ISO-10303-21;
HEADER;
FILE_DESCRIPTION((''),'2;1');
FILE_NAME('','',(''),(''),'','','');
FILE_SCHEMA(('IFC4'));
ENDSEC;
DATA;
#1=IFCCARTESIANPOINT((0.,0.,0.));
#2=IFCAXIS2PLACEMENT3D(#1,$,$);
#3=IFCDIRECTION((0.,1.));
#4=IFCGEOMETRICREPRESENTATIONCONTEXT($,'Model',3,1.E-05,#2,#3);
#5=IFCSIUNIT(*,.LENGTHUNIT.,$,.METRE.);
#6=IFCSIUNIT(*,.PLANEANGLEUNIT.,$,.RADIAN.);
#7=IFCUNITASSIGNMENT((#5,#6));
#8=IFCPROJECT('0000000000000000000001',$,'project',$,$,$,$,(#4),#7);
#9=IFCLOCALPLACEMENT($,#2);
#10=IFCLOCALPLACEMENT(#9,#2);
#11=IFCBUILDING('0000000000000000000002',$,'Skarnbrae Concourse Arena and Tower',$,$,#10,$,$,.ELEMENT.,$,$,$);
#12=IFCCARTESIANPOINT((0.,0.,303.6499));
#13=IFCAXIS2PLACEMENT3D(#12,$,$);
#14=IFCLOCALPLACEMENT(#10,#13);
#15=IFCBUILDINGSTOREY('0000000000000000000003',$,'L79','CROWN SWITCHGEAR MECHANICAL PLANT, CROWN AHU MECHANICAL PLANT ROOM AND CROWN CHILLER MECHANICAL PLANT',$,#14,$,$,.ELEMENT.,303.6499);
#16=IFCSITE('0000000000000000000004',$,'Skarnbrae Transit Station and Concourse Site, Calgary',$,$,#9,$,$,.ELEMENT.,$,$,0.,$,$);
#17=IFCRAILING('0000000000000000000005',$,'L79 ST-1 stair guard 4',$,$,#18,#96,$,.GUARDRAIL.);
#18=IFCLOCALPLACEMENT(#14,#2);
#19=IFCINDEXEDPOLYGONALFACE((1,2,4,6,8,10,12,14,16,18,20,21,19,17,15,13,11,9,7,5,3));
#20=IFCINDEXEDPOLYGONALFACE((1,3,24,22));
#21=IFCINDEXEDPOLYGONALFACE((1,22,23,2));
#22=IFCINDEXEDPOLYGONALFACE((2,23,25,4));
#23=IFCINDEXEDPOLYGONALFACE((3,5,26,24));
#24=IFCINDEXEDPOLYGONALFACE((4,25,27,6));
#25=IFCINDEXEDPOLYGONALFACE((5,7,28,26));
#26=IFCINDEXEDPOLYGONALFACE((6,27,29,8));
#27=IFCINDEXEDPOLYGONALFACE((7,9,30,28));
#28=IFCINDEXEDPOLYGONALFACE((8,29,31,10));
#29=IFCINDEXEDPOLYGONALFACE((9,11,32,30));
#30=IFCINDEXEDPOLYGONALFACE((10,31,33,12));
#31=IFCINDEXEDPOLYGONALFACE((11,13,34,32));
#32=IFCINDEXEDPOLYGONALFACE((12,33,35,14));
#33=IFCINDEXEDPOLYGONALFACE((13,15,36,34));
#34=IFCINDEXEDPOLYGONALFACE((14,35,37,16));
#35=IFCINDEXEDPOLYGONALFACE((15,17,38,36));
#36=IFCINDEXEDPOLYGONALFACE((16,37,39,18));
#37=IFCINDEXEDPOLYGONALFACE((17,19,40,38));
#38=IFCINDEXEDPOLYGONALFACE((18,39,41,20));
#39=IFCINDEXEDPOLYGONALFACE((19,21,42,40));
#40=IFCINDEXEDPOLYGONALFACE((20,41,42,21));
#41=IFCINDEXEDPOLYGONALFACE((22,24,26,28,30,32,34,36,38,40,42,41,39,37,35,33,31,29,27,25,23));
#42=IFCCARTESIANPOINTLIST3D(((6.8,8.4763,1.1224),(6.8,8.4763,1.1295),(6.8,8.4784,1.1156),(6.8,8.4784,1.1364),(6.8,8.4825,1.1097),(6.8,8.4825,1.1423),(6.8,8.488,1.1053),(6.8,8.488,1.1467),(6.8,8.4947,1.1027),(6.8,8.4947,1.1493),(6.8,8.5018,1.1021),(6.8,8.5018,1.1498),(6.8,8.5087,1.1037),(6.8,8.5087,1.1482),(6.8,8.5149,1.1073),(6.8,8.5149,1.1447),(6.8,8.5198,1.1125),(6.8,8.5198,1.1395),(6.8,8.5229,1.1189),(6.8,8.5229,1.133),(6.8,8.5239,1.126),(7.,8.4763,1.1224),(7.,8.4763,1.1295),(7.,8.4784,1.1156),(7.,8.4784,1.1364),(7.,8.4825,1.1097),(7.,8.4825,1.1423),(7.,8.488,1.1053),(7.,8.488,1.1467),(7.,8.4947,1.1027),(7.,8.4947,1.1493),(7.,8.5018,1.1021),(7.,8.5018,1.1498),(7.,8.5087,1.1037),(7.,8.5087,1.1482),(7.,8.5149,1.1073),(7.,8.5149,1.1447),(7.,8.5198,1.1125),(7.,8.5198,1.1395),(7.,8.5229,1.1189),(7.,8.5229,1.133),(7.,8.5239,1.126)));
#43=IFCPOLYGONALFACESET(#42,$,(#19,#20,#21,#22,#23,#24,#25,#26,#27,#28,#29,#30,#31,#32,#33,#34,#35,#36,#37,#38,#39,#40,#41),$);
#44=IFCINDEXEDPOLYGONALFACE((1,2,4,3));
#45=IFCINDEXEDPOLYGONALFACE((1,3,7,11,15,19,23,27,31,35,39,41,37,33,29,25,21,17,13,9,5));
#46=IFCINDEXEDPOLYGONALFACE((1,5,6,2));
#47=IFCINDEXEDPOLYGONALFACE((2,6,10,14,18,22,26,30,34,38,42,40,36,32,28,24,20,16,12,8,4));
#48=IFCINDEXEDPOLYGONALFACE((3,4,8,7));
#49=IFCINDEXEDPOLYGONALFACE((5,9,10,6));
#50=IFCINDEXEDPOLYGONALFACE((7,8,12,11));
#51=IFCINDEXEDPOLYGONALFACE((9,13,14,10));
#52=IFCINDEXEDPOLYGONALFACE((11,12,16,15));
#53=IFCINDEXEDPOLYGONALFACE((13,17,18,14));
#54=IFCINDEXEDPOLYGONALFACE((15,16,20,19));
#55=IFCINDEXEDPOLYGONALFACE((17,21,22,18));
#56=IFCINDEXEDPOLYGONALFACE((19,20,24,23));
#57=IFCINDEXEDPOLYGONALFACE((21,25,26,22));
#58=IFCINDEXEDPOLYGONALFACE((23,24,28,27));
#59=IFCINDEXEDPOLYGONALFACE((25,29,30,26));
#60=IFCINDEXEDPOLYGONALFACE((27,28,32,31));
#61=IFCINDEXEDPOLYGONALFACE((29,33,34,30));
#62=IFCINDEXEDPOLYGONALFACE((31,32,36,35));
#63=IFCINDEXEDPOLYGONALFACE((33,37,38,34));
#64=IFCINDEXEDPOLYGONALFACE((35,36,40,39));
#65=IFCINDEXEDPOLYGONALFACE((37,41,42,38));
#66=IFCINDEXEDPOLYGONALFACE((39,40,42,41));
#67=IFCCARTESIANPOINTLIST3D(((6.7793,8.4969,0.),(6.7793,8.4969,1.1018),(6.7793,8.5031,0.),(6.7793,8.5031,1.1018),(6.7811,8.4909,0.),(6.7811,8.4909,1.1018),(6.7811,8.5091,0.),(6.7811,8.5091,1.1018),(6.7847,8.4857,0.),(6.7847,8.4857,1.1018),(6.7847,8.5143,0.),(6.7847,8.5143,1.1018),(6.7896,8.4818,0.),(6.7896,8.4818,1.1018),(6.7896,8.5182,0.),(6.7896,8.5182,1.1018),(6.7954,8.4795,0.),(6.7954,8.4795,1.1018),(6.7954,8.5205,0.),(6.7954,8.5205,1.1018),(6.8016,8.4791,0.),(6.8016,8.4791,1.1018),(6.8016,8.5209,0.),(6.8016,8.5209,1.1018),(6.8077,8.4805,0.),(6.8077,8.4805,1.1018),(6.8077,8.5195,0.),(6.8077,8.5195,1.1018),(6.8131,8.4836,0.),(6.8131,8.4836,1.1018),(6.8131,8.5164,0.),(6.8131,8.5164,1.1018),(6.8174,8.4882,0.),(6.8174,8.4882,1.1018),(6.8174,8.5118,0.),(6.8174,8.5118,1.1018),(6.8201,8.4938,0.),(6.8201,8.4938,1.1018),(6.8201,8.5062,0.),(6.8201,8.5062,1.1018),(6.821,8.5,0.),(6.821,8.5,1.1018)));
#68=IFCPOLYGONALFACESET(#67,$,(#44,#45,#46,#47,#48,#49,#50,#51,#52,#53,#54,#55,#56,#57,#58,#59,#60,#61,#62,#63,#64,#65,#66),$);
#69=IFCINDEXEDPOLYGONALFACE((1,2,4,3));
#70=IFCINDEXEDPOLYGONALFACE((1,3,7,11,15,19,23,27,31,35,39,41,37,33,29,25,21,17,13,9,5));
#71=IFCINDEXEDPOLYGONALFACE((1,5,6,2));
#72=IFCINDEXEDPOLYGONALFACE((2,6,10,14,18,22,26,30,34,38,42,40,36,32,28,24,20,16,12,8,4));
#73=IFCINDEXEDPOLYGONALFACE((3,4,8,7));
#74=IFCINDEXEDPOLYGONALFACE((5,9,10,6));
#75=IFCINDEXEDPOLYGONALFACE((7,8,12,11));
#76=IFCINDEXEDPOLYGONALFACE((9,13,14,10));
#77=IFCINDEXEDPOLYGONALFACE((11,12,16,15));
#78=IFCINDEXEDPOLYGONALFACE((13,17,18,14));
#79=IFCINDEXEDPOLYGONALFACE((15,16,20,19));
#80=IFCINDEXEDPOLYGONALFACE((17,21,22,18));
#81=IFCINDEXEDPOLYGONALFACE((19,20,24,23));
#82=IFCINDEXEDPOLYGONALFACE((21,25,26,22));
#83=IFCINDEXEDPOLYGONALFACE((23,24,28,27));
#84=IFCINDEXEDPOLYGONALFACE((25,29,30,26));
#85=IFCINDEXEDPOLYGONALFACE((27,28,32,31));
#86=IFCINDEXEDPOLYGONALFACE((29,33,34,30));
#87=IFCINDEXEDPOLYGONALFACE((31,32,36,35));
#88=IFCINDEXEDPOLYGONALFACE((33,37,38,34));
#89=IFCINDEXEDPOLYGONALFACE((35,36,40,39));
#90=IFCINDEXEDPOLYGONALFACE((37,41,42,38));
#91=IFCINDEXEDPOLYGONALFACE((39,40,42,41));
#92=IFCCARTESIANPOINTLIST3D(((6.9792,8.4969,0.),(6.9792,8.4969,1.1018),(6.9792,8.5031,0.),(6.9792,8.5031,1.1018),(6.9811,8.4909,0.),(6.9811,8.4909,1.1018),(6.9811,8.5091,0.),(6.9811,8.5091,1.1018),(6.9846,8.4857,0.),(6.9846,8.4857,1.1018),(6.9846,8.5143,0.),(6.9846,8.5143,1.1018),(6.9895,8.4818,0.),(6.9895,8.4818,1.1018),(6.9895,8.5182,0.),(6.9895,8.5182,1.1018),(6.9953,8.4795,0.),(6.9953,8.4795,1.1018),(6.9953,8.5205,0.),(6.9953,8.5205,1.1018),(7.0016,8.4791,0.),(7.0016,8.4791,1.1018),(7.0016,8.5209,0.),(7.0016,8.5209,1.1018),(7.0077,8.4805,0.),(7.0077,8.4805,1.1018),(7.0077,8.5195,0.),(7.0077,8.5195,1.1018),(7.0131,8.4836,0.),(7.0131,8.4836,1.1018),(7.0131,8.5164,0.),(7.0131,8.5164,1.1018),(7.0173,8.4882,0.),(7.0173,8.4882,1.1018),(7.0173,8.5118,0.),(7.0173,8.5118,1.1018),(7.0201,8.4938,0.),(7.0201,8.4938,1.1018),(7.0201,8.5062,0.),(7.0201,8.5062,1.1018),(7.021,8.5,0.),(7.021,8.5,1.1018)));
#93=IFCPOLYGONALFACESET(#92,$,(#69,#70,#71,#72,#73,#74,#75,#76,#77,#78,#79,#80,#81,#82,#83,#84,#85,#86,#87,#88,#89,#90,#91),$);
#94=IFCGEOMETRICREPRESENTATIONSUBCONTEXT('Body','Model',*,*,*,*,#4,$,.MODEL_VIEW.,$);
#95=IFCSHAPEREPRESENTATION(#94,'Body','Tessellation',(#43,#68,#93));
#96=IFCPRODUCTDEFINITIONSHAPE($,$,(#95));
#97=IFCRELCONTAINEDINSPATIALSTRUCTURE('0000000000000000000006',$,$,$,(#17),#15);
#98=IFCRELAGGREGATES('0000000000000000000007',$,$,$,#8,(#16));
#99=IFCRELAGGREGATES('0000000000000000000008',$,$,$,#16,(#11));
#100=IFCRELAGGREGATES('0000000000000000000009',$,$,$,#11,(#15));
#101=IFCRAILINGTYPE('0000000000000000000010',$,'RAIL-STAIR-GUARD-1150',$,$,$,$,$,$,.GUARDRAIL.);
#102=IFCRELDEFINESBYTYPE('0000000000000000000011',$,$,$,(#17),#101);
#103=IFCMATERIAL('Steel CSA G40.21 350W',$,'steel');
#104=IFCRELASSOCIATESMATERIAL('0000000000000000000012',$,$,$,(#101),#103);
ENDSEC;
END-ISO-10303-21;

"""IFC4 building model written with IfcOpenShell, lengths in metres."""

from ifc_helpers import new_model, si_unit, direction, frame, origin, origin_2d, place, context, subcontext, project, spatial, circle, extrude, material, type_object, element, save


model = new_model("IFC4")

# Units and contexts
model_context = context("Model", 3, precision=1e-05, world=origin(), true_north=direction((0.0, 1.0)))
body_context = subcontext(model_context, "Body", "Model", "MODEL_VIEW")
ifc_project = project(units=[si_unit("LENGTHUNIT", "METRE"), si_unit("PLANEANGLEUNIT", "RADIAN")], contexts=[model_context])

# Site, building, storey
site_placement = place(None, origin())
site = spatial("IfcSite", under=ifc_project, at=site_placement, Name="Skarnbrae Transit Station and Concourse Site, Calgary", CompositionType="ELEMENT", RefElevation=0.0)
building_placement = place(site_placement, origin())
building = spatial("IfcBuilding", under=site, at=building_placement, Name="Skarnbrae Concourse Arena and Tower", CompositionType="ELEMENT")
storey_placement = place(building_placement, frame((0.0, 0.0, 303.6499)))
storey = spatial("IfcBuildingStorey", under=building, at=storey_placement, Name="L79", Description="CROWN SWITCHGEAR MECHANICAL PLANT, CROWN AHU MECHANICAL PLANT ROOM AND CROWN CHILLER MECHANICAL PLANT", CompositionType="ELEMENT", Elevation=303.6499)

# Shared definitions
ifc_material_1 = material(Name="Steel CSA G40.21 350W", Category="steel")

# Railing
railing_type_1 = type_object("IfcRailingType", Name="RAIL-STAIR-GUARD-1150", PredefinedType="GUARDRAIL", material=ifc_material_1)
railing_1_placement = place(storey_placement, frame((6.8, 8.5, 0.0)))
element("IfcRailing", 1, at=railing_1_placement, inside=storey, type_object=railing_type_1, Name="L79 ST-1 stair guard 4", PredefinedType="GUARDRAIL", context=body_context, shape_type="SweptSolid", body=[
    extrude(circle(Radius=0.0239, at=origin_2d()), frame((0.0, 0.0, 1.126), z_axis=(1.0, 0.0, 0.0), x_axis=(0.0, 1.0, 0.0)), (0.0, 0.0, 1.0), 0.2),
    extrude(circle(Radius=0.021, at=origin_2d()), origin(), (0.0, 0.0, 1.0), 1.1018),
    extrude(circle(Radius=0.021, at=origin_2d()), frame((0.2, 0.0, 0.0)), (0.0, 0.0, 1.0), 1.1018),
])

save(model, "model.ifc")
